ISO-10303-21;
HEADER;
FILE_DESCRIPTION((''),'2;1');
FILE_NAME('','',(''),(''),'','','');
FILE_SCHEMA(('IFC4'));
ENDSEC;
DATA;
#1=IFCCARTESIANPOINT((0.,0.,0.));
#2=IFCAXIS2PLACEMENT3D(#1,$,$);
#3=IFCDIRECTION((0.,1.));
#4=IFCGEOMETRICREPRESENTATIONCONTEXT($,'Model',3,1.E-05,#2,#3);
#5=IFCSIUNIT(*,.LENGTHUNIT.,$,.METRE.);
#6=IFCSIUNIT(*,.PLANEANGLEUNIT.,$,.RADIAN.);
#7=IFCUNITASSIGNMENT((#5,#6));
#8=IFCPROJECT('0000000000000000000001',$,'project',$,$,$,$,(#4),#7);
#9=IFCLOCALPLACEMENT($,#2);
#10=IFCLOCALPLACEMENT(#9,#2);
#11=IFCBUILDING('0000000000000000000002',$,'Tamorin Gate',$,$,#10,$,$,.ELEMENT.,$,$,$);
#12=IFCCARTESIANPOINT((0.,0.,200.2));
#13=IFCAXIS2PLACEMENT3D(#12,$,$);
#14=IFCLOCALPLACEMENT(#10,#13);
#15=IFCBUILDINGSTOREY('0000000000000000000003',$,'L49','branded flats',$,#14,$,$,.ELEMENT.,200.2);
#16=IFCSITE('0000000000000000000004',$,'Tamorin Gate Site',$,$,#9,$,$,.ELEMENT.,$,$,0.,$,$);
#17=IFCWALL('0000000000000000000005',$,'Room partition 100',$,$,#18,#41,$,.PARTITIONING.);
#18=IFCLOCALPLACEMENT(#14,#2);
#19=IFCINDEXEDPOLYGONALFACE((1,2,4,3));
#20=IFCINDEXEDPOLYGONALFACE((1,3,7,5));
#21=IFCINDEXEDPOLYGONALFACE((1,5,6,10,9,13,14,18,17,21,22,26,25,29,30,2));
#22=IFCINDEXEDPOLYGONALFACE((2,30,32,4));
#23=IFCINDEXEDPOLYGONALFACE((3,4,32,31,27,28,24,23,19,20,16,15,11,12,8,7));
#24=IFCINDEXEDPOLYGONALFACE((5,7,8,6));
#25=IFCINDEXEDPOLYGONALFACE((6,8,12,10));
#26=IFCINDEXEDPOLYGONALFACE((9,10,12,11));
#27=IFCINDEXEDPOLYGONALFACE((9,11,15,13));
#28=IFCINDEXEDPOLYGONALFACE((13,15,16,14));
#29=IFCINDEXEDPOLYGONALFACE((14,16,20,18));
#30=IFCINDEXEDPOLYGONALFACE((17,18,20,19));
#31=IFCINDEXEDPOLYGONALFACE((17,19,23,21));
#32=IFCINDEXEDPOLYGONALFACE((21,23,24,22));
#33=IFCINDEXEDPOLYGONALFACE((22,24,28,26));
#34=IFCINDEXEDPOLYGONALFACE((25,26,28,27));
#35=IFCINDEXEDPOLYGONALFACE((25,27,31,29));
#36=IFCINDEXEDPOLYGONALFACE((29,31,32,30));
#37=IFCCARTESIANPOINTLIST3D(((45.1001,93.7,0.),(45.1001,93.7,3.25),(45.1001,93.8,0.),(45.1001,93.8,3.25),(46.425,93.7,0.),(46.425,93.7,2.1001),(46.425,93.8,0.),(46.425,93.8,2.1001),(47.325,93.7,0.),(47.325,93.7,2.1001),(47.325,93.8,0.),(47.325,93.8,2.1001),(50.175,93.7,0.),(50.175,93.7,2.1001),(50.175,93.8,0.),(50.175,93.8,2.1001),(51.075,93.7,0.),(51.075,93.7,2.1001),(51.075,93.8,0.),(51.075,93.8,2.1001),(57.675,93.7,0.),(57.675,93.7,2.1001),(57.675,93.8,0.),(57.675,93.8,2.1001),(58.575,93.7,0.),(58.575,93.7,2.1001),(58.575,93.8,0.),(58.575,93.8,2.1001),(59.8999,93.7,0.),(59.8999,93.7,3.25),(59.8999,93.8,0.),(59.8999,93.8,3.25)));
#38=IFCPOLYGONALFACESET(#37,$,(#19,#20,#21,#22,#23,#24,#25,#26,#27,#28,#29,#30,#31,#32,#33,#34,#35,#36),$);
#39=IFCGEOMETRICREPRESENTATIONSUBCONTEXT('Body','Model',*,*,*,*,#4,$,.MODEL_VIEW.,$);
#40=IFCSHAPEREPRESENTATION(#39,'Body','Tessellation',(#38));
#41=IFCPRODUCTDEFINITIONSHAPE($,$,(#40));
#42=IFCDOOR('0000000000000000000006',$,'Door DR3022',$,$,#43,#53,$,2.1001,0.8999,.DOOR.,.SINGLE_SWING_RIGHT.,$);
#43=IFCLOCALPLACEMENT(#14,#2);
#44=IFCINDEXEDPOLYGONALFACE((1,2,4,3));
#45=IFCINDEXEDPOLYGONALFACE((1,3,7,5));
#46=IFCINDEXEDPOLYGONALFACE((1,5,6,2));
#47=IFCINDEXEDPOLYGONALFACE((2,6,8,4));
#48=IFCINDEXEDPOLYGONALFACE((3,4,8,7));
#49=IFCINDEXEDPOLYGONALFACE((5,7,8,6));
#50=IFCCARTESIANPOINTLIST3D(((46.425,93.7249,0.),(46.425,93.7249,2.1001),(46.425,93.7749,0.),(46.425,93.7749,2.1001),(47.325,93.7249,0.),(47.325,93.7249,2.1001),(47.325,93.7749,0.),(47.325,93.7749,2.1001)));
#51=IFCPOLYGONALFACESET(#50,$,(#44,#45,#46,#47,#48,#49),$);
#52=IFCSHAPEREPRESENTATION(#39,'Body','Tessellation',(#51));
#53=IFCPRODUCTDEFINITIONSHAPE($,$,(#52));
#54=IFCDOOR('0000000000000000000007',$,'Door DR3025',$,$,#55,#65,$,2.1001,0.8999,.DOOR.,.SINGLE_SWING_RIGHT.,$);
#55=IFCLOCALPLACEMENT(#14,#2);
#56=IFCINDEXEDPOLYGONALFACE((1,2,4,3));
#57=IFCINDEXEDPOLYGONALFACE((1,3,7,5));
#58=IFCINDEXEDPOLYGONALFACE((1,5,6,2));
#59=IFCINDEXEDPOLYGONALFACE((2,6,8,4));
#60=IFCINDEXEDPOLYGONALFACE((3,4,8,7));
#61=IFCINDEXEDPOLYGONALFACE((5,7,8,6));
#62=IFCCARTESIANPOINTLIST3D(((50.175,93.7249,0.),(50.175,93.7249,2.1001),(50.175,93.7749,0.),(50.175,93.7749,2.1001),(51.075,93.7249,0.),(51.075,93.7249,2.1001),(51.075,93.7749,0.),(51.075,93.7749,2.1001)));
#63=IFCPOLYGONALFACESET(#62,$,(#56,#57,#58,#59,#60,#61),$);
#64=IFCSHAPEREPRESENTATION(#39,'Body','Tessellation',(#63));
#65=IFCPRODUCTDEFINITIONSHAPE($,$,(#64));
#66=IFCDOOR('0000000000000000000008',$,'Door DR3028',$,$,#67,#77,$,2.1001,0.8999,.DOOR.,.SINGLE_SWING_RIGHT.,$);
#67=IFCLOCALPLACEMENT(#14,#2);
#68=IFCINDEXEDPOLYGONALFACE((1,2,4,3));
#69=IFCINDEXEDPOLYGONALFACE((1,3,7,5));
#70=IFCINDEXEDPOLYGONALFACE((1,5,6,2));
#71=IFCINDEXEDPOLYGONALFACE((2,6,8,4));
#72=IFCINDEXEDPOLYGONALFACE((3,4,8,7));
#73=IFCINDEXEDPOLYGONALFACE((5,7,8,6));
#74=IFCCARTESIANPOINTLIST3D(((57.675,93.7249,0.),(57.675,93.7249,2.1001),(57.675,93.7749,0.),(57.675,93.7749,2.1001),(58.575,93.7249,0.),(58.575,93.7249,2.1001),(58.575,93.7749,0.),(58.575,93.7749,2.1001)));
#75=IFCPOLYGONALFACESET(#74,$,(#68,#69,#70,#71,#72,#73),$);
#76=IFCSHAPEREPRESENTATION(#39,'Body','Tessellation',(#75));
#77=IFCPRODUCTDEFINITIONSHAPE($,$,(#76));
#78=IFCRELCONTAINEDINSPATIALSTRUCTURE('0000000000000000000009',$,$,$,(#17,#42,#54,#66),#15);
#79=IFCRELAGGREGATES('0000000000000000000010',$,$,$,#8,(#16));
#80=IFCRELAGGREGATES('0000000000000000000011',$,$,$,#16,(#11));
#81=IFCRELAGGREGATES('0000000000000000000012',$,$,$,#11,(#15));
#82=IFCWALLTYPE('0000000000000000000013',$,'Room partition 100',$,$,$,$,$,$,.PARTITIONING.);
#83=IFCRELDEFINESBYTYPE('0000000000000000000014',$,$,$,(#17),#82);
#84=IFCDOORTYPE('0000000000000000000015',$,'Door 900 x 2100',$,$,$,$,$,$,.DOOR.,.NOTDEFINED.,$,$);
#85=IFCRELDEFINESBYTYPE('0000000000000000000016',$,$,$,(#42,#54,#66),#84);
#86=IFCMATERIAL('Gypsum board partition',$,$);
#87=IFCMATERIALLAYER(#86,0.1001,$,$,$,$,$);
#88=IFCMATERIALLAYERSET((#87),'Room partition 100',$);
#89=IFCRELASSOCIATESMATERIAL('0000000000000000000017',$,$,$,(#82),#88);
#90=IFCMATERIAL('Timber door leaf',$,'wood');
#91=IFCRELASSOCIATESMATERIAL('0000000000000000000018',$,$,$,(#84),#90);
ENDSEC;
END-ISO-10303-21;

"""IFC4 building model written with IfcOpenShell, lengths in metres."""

from ifc_helpers import new_model, si_unit, direction, frame, frame_2d, origin, place, context, subcontext, project, spatial, rectangle, extrude, material, layer, layer_set, type_object, element, fill, save


model = new_model("IFC4")

# Units and contexts
model_context = context("Model", 3, precision=1e-05, world=origin(), true_north=direction((0.0, 1.0)))
body_context = subcontext(model_context, "Body", "Model", "MODEL_VIEW")
ifc_project = project(units=[si_unit("LENGTHUNIT", "METRE"), si_unit("PLANEANGLEUNIT", "RADIAN")], contexts=[model_context])

# Site, building, storey
site_placement = place(None, origin())
site = spatial("IfcSite", under=ifc_project, at=site_placement, Name="Tamorin Gate Site", CompositionType="ELEMENT", RefElevation=0.0)
building_placement = place(site_placement, origin())
building = spatial("IfcBuilding", under=site, at=building_placement, Name="Tamorin Gate", CompositionType="ELEMENT")
storey_placement = place(building_placement, frame((0.0, 0.0, 200.2)))
storey = spatial("IfcBuildingStorey", under=building, at=storey_placement, Name="L49", Description="branded flats", CompositionType="ELEMENT", Elevation=200.2)

# Wall, openings, doors
ifc_material_1 = material(Name="Gypsum board partition")
ifc_layer_1 = layer(ifc_material_1, 0.1001)
ifc_layer_set_1 = layer_set([ifc_layer_1], Name="Room partition 100")
wall_type_1 = type_object("IfcWallType", Name="Room partition 100", PredefinedType="PARTITIONING", material=ifc_layer_set_1)
wall_1_placement = place(storey_placement, frame((45.1001, 93.75, 0.0), z_axis=(0.0, 0.0, 1.0), x_axis=(1.0, 0.0, 0.0)))
wall_1 = element("IfcWall", 1, at=wall_1_placement, inside=storey, type_object=wall_type_1, Name="Room partition 100", PredefinedType="PARTITIONING", context=body_context, shape_type="SweptSolid", body=[
    extrude(rectangle(XDim=14.7998, YDim=0.1001, at=frame_2d((7.3999, 0.0))), origin(), (0.0, 0.0, 1.0), 3.25),
])
opening_1_placement = place(wall_1_placement, frame((1.325, 0.0, 0.0)))
opening_1 = element("IfcOpeningElement", 2, at=opening_1_placement, cuts=wall_1, PredefinedType="OPENING", context=body_context, shape_type="SweptSolid", body=[
    extrude(rectangle(XDim=0.8999, YDim=2.1001, at=frame_2d((0.45, 1.05))), frame((0.0, 0.0601, 0.0), z_axis=(0.0, -1.0, 0.0), x_axis=(1.0, 0.0, 0.0)), (0.0, 0.0, 1.0), 0.1201),
])
opening_2_placement = place(wall_1_placement, frame((5.075, 0.0, 0.0)))
opening_2 = element("IfcOpeningElement", 3, at=opening_2_placement, cuts=wall_1, PredefinedType="OPENING", context=body_context, shape_type="SweptSolid", body=[
    extrude(rectangle(XDim=0.8999, YDim=2.1001, at=frame_2d((0.45, 1.05))), frame((0.0, 0.0601, 0.0), z_axis=(0.0, -1.0, 0.0), x_axis=(1.0, 0.0, 0.0)), (0.0, 0.0, 1.0), 0.1201),
])
opening_3_placement = place(wall_1_placement, frame((12.575, 0.0, 0.0)))
opening_3 = element("IfcOpeningElement", 4, at=opening_3_placement, cuts=wall_1, PredefinedType="OPENING", context=body_context, shape_type="SweptSolid", body=[
    extrude(rectangle(XDim=0.8999, YDim=2.1001, at=frame_2d((0.45, 1.05))), frame((0.0, 0.0601, 0.0), z_axis=(0.0, -1.0, 0.0), x_axis=(1.0, 0.0, 0.0)), (0.0, 0.0, 1.0), 0.1201),
])
ifc_material_2 = material(Name="Timber door leaf", Category="wood")
door_type = type_object("IfcDoorType", Name="Door 900 x 2100", OperationType="NOTDEFINED", PredefinedType="DOOR", material=ifc_material_2)
door_1_placement = place(opening_1_placement, origin())
door_1 = element("IfcDoor", 5, at=door_1_placement, inside=storey, type_object=door_type, Name="Door DR3022", OperationType="SINGLE_SWING_RIGHT", OverallHeight=2.1001, OverallWidth=0.8999, PredefinedType="DOOR", context=body_context, shape_type="SweptSolid", body=[
    extrude(rectangle(XDim=0.8999, YDim=2.1001, at=frame_2d((0.45, 1.05))), frame((0.0, 0.0249, 0.0), z_axis=(0.0, -1.0, 0.0), x_axis=(1.0, 0.0, 0.0)), (0.0, 0.0, 1.0), 0.05),
])
fill(opening_1, door_1)
door_2_placement = place(opening_2_placement, origin())
door_2 = element("IfcDoor", 6, at=door_2_placement, inside=storey, type_object=door_type, Name="Door DR3025", OperationType="SINGLE_SWING_RIGHT", OverallHeight=2.1001, OverallWidth=0.8999, PredefinedType="DOOR", context=body_context, shape_type="SweptSolid", body=[
    extrude(rectangle(XDim=0.8999, YDim=2.1001, at=frame_2d((0.45, 1.05))), frame((0.0, 0.0249, 0.0), z_axis=(0.0, -1.0, 0.0), x_axis=(1.0, 0.0, 0.0)), (0.0, 0.0, 1.0), 0.05),
])
fill(opening_2, door_2)
door_3_placement = place(opening_3_placement, origin())
door_3 = element("IfcDoor", 7, at=door_3_placement, inside=storey, type_object=door_type, Name="Door DR3028", OperationType="SINGLE_SWING_RIGHT", OverallHeight=2.1001, OverallWidth=0.8999, PredefinedType="DOOR", context=body_context, shape_type="SweptSolid", body=[
    extrude(rectangle(XDim=0.8999, YDim=2.1001, at=frame_2d((0.45, 1.05))), frame((0.0, 0.0249, 0.0), z_axis=(0.0, -1.0, 0.0), x_axis=(1.0, 0.0, 0.0)), (0.0, 0.0, 1.0), 0.05),
])
fill(opening_3, door_3)

save(model, "model.ifc")
